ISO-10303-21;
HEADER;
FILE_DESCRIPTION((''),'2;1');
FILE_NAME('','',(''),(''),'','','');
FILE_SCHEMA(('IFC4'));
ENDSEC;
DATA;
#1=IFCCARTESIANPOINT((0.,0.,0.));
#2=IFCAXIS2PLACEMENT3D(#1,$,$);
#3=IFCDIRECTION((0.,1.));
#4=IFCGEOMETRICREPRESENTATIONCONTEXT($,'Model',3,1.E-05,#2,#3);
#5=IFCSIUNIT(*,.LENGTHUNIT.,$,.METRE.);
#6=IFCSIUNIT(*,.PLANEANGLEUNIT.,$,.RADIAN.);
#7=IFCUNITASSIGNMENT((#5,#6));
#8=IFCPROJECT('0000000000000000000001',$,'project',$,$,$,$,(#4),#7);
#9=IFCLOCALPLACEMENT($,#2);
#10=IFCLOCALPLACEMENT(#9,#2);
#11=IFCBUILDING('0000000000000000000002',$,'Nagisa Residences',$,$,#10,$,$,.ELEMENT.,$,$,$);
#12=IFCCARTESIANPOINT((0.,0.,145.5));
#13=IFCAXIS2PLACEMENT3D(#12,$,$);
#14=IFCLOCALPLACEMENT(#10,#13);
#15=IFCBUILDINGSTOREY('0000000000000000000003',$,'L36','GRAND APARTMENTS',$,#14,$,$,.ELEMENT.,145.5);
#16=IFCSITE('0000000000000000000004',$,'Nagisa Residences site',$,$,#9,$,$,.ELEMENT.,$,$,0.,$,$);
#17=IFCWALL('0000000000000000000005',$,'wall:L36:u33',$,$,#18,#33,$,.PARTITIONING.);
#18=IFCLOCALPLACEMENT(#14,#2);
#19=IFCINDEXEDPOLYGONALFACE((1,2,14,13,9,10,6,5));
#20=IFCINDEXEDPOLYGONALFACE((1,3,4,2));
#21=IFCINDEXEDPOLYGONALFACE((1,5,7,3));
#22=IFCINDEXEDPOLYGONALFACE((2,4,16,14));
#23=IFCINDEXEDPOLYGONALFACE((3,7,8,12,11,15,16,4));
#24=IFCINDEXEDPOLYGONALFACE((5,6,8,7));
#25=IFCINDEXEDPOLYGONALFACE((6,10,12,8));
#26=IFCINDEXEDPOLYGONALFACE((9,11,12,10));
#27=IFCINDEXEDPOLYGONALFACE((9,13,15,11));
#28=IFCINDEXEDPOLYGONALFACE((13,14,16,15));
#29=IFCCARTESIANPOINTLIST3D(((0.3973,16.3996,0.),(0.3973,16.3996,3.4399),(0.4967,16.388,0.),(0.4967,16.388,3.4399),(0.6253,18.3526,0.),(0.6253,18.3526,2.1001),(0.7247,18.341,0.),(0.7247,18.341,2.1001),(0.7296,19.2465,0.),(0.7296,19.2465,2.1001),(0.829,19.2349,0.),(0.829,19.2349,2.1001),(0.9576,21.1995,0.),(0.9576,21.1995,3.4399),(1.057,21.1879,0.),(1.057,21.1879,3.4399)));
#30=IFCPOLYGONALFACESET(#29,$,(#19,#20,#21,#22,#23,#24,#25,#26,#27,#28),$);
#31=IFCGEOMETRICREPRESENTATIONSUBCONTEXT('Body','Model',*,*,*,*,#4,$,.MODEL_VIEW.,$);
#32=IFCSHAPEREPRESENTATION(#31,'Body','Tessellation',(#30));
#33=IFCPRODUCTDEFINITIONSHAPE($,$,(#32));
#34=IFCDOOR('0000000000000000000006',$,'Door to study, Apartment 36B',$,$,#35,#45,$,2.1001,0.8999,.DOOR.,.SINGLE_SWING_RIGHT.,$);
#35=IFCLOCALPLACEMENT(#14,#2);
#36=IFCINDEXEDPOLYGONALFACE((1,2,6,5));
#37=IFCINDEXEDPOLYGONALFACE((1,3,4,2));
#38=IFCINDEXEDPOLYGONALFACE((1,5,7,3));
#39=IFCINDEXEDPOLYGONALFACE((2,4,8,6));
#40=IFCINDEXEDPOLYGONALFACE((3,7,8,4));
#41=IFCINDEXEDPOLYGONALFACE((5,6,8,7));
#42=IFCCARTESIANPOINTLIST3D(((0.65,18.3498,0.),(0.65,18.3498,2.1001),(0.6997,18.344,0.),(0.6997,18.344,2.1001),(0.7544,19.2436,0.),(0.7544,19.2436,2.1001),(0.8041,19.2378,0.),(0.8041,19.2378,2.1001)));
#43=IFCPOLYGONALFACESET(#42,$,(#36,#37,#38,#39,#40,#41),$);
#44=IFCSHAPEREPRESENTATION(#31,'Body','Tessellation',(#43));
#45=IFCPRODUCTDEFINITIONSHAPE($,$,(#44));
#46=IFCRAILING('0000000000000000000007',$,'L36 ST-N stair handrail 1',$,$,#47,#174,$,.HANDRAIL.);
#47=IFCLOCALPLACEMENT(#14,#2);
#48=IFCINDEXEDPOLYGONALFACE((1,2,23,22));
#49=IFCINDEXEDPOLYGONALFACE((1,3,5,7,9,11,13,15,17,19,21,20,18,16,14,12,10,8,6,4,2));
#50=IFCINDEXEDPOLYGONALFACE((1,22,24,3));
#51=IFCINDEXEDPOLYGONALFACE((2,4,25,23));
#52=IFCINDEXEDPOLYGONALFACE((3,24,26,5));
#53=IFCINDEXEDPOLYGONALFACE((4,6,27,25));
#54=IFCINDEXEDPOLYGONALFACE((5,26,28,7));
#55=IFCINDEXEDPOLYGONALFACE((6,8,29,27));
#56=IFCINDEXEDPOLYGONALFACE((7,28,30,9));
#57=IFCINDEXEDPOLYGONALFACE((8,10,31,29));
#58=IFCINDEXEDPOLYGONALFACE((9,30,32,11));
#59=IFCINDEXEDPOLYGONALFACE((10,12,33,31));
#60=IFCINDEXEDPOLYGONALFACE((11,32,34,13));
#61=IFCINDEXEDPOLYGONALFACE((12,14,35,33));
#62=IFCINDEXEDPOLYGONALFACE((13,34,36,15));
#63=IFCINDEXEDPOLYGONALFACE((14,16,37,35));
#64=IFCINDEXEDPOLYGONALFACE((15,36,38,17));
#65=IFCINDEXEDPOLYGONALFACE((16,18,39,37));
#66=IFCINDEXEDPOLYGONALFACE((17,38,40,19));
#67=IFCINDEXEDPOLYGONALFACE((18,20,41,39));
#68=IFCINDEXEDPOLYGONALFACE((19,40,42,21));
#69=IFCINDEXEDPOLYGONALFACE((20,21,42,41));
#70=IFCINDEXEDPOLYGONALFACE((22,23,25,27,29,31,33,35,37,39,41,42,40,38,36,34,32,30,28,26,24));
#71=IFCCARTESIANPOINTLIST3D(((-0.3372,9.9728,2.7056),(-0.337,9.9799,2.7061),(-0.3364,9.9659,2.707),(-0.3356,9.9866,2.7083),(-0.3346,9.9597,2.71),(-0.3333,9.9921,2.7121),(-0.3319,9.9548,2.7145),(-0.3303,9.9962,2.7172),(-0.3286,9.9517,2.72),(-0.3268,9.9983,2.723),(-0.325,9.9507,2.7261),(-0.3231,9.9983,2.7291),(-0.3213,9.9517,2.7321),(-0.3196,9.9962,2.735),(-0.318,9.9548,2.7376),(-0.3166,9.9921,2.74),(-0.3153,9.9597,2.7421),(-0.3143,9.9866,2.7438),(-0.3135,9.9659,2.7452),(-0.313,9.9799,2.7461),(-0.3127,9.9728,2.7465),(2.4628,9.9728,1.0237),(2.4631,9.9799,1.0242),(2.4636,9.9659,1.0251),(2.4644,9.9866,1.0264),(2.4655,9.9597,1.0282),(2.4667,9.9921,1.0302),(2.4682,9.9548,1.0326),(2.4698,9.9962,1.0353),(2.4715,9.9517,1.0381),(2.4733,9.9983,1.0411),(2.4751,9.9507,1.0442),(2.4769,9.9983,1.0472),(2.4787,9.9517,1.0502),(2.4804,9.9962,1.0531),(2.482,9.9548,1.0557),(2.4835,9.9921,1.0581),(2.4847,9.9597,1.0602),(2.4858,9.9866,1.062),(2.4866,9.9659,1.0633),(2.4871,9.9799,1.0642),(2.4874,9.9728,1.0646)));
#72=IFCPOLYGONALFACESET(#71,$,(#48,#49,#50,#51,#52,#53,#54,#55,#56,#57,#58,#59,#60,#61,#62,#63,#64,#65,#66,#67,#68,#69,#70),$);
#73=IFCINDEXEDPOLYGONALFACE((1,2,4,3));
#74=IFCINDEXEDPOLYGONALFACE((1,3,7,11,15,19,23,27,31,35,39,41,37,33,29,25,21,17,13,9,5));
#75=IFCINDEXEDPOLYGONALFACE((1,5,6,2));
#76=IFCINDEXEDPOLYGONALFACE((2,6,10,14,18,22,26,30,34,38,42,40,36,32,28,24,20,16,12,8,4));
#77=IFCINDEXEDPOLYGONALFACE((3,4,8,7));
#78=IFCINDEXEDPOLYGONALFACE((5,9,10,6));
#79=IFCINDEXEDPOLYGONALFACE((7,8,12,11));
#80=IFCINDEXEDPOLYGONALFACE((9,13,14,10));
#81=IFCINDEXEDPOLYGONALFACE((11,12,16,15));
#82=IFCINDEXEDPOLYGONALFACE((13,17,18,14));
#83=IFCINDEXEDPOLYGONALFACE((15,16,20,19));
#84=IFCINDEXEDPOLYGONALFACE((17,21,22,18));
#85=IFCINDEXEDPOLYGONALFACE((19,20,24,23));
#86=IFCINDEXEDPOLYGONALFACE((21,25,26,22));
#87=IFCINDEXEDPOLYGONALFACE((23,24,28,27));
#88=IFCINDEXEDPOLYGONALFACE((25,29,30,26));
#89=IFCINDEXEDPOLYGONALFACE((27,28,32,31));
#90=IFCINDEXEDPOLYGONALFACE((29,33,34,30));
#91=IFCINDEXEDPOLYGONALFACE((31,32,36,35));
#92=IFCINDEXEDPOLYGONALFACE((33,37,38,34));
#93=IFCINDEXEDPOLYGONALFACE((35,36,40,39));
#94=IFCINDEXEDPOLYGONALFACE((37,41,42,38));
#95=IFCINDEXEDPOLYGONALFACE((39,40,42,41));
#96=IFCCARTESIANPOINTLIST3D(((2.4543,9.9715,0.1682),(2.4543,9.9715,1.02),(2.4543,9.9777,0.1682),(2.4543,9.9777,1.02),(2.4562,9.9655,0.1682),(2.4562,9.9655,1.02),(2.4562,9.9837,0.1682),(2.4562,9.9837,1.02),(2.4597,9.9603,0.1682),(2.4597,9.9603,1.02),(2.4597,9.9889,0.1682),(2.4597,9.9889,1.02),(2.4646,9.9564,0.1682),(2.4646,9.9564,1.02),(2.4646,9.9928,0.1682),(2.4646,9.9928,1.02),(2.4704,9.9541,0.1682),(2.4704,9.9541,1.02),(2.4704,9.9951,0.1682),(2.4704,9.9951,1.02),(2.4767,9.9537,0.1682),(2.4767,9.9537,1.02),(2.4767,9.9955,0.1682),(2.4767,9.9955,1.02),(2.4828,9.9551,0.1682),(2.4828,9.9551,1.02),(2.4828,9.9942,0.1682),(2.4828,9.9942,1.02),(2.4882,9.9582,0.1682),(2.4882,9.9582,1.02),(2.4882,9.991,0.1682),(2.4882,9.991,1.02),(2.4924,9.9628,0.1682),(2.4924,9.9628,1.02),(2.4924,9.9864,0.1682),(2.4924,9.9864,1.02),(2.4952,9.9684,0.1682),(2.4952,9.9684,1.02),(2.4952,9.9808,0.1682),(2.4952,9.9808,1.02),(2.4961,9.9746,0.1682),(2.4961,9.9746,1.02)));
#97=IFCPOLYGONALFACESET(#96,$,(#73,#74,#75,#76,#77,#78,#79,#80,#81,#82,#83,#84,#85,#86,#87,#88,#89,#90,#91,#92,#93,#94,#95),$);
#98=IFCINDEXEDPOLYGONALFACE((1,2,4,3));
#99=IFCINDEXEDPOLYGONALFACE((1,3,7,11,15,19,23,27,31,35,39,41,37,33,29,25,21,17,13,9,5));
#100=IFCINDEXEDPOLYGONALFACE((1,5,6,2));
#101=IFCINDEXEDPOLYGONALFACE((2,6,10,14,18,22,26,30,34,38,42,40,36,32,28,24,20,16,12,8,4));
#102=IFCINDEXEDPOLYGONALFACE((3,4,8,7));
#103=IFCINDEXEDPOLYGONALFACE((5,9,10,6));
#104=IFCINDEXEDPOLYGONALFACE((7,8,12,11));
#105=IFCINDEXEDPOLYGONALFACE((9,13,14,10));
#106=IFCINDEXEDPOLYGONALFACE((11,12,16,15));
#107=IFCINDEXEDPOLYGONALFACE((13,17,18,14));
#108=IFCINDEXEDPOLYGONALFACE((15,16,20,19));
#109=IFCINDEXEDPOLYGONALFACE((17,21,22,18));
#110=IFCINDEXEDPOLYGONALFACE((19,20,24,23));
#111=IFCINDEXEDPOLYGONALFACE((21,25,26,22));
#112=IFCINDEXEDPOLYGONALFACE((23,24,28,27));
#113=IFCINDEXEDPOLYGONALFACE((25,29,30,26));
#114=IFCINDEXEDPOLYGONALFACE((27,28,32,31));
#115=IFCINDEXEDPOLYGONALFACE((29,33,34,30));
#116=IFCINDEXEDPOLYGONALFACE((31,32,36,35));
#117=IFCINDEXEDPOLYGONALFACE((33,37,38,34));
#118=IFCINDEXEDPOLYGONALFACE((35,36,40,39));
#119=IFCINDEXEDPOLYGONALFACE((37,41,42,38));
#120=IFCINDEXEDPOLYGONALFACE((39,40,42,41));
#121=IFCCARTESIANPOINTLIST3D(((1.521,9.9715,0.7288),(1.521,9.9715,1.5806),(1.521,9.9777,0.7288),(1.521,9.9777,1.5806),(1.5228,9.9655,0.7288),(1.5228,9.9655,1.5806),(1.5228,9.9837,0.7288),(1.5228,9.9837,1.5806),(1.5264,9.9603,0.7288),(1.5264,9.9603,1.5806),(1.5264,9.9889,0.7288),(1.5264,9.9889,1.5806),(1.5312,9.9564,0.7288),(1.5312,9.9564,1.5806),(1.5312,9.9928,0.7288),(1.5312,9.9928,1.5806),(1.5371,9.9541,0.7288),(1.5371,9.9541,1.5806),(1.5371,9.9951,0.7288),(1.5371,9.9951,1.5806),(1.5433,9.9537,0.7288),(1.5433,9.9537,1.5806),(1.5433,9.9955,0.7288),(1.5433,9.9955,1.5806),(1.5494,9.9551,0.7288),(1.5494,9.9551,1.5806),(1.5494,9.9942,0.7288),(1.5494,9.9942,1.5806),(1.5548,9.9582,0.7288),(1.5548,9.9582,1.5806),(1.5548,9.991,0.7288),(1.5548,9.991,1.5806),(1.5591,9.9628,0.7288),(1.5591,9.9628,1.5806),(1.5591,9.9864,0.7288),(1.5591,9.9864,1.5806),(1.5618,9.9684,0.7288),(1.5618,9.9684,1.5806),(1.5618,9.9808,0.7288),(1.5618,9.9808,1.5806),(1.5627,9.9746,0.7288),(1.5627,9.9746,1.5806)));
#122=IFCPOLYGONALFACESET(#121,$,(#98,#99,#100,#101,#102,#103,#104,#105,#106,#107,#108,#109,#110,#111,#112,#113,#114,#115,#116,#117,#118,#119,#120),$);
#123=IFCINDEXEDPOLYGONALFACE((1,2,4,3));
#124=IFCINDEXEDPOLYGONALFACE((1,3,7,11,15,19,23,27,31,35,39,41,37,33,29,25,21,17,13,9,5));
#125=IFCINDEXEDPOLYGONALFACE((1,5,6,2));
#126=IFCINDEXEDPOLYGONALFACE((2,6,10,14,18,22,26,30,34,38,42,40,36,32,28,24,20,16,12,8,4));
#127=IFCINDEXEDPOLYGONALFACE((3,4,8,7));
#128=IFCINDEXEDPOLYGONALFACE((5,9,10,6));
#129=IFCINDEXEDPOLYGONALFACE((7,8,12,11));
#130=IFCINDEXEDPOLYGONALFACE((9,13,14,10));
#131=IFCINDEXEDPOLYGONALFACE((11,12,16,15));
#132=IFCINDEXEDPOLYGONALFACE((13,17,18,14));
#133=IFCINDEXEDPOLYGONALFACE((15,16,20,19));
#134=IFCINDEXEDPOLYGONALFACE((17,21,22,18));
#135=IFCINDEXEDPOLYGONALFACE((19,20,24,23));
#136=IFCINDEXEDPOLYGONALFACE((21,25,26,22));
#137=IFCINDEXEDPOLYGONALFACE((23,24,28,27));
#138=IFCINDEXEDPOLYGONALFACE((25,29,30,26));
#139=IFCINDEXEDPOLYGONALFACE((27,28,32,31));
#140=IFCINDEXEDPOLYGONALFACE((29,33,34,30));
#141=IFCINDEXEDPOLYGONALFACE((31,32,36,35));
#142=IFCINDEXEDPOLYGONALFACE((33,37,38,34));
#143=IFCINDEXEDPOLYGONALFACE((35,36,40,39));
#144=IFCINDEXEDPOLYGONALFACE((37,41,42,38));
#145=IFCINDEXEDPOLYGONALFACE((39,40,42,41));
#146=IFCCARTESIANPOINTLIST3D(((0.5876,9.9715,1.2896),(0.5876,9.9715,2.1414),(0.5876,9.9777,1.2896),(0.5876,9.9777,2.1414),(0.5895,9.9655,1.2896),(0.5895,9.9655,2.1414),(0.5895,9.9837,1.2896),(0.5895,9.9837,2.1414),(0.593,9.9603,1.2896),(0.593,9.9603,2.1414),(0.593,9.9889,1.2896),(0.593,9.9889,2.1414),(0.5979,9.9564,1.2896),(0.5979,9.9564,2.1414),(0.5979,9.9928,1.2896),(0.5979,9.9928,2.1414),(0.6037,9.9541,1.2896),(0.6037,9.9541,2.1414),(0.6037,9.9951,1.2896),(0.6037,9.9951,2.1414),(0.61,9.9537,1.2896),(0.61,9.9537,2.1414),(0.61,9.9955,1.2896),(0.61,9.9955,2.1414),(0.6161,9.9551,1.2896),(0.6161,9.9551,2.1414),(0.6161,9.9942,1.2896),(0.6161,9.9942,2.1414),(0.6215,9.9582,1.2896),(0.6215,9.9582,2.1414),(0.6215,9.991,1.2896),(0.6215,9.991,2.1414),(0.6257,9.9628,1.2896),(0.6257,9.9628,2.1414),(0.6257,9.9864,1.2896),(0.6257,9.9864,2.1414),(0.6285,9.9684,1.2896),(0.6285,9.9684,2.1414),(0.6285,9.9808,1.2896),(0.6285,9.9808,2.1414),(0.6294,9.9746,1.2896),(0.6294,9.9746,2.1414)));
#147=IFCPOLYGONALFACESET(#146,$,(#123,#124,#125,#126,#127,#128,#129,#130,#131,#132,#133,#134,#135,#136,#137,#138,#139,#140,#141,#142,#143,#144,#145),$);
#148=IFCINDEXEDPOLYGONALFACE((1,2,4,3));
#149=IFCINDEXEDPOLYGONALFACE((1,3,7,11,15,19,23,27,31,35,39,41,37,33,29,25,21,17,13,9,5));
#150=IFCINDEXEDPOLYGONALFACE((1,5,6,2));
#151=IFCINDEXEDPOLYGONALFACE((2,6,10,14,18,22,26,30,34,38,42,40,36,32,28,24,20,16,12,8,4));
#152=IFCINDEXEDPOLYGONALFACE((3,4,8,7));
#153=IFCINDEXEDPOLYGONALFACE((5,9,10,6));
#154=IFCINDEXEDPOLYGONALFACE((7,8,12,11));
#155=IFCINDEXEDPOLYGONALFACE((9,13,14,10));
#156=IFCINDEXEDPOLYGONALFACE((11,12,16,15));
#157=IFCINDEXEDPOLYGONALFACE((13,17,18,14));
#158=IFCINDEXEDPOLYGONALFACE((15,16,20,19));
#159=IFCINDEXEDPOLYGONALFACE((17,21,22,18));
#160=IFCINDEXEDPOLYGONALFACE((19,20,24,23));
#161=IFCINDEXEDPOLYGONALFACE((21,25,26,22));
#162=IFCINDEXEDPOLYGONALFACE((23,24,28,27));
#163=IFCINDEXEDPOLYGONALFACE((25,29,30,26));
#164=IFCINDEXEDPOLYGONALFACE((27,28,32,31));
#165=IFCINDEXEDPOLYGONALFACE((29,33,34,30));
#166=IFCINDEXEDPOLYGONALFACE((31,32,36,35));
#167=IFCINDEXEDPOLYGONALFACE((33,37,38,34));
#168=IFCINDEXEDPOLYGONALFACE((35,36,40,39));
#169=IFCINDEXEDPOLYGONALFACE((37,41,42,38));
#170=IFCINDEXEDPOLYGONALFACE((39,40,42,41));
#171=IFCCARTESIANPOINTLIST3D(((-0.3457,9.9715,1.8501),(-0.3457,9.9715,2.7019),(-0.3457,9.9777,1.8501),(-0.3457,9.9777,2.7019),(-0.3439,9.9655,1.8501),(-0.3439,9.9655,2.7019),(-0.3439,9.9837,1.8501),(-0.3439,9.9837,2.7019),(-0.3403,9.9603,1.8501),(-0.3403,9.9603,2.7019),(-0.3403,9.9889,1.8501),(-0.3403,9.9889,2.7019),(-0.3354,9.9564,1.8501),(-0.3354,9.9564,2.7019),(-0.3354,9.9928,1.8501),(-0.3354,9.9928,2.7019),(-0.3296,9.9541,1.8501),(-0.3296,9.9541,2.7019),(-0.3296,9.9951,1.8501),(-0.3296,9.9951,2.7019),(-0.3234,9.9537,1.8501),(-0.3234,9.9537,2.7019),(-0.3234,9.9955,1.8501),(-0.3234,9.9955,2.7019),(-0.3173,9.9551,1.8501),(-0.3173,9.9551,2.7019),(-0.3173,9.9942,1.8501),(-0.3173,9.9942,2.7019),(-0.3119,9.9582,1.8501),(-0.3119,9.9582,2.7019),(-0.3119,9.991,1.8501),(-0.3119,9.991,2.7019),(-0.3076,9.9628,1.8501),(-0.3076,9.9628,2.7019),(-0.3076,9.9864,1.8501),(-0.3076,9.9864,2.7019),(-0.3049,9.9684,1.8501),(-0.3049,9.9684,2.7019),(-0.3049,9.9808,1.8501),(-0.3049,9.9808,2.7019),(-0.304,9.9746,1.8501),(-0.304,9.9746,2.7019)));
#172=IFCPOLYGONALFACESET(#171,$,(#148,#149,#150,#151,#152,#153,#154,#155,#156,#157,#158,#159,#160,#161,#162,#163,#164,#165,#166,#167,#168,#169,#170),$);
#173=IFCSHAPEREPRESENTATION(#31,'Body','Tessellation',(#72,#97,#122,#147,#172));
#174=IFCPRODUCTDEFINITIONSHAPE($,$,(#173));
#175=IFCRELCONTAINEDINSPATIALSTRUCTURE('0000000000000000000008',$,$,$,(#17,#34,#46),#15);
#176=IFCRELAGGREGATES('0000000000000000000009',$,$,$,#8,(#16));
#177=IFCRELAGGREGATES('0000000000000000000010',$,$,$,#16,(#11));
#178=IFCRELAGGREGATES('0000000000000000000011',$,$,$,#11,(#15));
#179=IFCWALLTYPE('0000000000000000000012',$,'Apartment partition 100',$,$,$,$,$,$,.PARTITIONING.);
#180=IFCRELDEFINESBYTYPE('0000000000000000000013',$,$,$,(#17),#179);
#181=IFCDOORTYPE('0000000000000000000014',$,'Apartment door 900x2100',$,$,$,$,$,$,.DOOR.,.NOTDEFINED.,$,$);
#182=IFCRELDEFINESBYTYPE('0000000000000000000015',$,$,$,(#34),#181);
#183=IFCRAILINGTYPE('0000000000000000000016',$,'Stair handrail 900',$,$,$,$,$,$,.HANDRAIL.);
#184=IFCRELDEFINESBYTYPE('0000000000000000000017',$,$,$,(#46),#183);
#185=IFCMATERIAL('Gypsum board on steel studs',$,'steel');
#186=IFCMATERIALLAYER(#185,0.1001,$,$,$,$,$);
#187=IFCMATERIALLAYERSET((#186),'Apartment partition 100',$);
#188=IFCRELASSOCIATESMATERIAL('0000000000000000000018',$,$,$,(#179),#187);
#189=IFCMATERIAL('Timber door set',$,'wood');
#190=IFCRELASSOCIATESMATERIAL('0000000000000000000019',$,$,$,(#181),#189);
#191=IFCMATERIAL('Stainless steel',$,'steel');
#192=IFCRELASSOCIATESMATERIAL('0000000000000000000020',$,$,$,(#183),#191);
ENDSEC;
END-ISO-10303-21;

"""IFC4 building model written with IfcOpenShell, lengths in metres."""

from ifc_helpers import new_model, si_unit, direction, frame, frame_2d, origin, origin_2d, place, context, subcontext, project, spatial, rectangle, circle, extrude, material, layer, layer_set, type_object, element, fill, save


model = new_model("IFC4")

# Units and contexts
model_context = context("Model", 3, precision=1e-05, world=origin(), true_north=direction((0.0, 1.0)))
body_context = subcontext(model_context, "Body", "Model", "MODEL_VIEW")
ifc_project = project(units=[si_unit("LENGTHUNIT", "METRE"), si_unit("PLANEANGLEUNIT", "RADIAN")], contexts=[model_context])

# Site, building, storey
site_placement = place(None, origin())
site = spatial("IfcSite", under=ifc_project, at=site_placement, Name="Nagisa Residences site", CompositionType="ELEMENT", RefElevation=0.0)
building_placement = place(site_placement, origin())
building = spatial("IfcBuilding", under=site, at=building_placement, Name="Nagisa Residences", CompositionType="ELEMENT")
storey_placement = place(building_placement, frame((0.0, 0.0, 145.5)))
storey = spatial("IfcBuildingStorey", under=building, at=storey_placement, Name="L36", Description="GRAND APARTMENTS", CompositionType="ELEMENT", Elevation=145.5)

# Shared definitions
ifc_material_1 = material(Name="Gypsum board on steel studs", Category="steel")
ifc_layer_1 = layer(ifc_material_1, 0.1001)
ifc_layer_set_1 = layer_set([ifc_layer_1], Name="Apartment partition 100")
wall_type_1 = type_object("IfcWallType", Name="Apartment partition 100", PredefinedType="PARTITIONING", material=ifc_layer_set_1)

# Shared definitions
ifc_material_2 = material(Name="Timber door set", Category="wood")
door_type_1 = type_object("IfcDoorType", Name="Apartment door 900x2100", OperationType="NOTDEFINED", PredefinedType="DOOR", material=ifc_material_2)

# Wall, opening, door
wall_1_placement = place(storey_placement, frame((0.447, 16.3938, 0.0), z_axis=(0.0, 0.0, 1.0), x_axis=(0.115941, 0.993256, 0.0)))
wall_1 = element("IfcWall", 1, at=wall_1_placement, inside=storey, type_object=wall_type_1, Name="wall:L36:u33", PredefinedType="PARTITIONING", context=body_context, shape_type="SweptSolid", body=[
    extrude(rectangle(XDim=4.8325, YDim=0.1001, at=frame_2d((2.4163, 0.0))), origin(), (0.0, 0.0, 1.0), 3.4399),
])
opening_1_placement = place(wall_1_placement, frame((1.9663, 0.0, 0.0)))
opening_1 = element("IfcOpeningElement", 2, at=opening_1_placement, cuts=wall_1, PredefinedType="OPENING", context=body_context, shape_type="SweptSolid", body=[
    extrude(rectangle(XDim=0.8999, YDim=2.1001, at=frame_2d((0.45, 1.05))), frame((0.0, 0.0601, 0.0), z_axis=(0.0, -1.0, 0.0), x_axis=(1.0, 0.0, 0.0)), (0.0, 0.0, 1.0), 0.1201),
])
door_1_placement = place(opening_1_placement, frame((0.8999, 0.0, 0.0), x_axis=(-1.0, 0.0, 0.0)))
door_1 = element("IfcDoor", 3, at=door_1_placement, inside=storey, type_object=door_type_1, Name="Door to study, Apartment 36B", OperationType="SINGLE_SWING_RIGHT", OverallHeight=2.1001, OverallWidth=0.8999, PredefinedType="DOOR", context=body_context, shape_type="SweptSolid", body=[
    extrude(rectangle(XDim=0.8999, YDim=2.1001, at=frame_2d((0.45, 1.05))), frame((0.0, 0.0249, 0.0), z_axis=(0.0, -1.0, 0.0), x_axis=(1.0, 0.0, 0.0)), (0.0, 0.0, 1.0), 0.05),
])
fill(opening_1, door_1)

# Railing
ifc_material_3 = material(Name="Stainless steel", Category="steel")
railing_type_1 = type_object("IfcRailingType", Name="Stair handrail 900", PredefinedType="HANDRAIL", material=ifc_material_3)
railing_1_placement = place(storey_placement, frame((2.4751, 9.9746, 0.1682)))
element("IfcRailing", 4, at=railing_1_placement, inside=storey, type_object=railing_type_1, Name="L36 ST-N stair handrail 1", PredefinedType="HANDRAIL", context=body_context, shape_type="SweptSolid", body=[
    extrude(circle(Radius=0.0239, at=origin_2d()), frame((0.0, 0.0, 0.876), z_axis=(-0.857242, 0.0, 0.514913), x_axis=(0.0, -1.0, 0.0)), (0.0, 0.0, 1.0), 3.2664),
    extrude(circle(Radius=0.021, at=origin_2d()), origin(), (0.0, 0.0, 1.0), 0.8518),
    extrude(circle(Radius=0.021, at=origin_2d()), frame((-0.9333, 0.0, 0.5605)), (0.0, 0.0, 1.0), 0.8518),
    extrude(circle(Radius=0.021, at=origin_2d()), frame((-1.8667, 0.0, 1.1213)), (0.0, 0.0, 1.0), 0.8518),
    extrude(circle(Radius=0.021, at=origin_2d()), frame((-2.8, 0.0, 1.6819)), (0.0, 0.0, 1.0), 0.8518),
])

save(model, "model.ifc")
